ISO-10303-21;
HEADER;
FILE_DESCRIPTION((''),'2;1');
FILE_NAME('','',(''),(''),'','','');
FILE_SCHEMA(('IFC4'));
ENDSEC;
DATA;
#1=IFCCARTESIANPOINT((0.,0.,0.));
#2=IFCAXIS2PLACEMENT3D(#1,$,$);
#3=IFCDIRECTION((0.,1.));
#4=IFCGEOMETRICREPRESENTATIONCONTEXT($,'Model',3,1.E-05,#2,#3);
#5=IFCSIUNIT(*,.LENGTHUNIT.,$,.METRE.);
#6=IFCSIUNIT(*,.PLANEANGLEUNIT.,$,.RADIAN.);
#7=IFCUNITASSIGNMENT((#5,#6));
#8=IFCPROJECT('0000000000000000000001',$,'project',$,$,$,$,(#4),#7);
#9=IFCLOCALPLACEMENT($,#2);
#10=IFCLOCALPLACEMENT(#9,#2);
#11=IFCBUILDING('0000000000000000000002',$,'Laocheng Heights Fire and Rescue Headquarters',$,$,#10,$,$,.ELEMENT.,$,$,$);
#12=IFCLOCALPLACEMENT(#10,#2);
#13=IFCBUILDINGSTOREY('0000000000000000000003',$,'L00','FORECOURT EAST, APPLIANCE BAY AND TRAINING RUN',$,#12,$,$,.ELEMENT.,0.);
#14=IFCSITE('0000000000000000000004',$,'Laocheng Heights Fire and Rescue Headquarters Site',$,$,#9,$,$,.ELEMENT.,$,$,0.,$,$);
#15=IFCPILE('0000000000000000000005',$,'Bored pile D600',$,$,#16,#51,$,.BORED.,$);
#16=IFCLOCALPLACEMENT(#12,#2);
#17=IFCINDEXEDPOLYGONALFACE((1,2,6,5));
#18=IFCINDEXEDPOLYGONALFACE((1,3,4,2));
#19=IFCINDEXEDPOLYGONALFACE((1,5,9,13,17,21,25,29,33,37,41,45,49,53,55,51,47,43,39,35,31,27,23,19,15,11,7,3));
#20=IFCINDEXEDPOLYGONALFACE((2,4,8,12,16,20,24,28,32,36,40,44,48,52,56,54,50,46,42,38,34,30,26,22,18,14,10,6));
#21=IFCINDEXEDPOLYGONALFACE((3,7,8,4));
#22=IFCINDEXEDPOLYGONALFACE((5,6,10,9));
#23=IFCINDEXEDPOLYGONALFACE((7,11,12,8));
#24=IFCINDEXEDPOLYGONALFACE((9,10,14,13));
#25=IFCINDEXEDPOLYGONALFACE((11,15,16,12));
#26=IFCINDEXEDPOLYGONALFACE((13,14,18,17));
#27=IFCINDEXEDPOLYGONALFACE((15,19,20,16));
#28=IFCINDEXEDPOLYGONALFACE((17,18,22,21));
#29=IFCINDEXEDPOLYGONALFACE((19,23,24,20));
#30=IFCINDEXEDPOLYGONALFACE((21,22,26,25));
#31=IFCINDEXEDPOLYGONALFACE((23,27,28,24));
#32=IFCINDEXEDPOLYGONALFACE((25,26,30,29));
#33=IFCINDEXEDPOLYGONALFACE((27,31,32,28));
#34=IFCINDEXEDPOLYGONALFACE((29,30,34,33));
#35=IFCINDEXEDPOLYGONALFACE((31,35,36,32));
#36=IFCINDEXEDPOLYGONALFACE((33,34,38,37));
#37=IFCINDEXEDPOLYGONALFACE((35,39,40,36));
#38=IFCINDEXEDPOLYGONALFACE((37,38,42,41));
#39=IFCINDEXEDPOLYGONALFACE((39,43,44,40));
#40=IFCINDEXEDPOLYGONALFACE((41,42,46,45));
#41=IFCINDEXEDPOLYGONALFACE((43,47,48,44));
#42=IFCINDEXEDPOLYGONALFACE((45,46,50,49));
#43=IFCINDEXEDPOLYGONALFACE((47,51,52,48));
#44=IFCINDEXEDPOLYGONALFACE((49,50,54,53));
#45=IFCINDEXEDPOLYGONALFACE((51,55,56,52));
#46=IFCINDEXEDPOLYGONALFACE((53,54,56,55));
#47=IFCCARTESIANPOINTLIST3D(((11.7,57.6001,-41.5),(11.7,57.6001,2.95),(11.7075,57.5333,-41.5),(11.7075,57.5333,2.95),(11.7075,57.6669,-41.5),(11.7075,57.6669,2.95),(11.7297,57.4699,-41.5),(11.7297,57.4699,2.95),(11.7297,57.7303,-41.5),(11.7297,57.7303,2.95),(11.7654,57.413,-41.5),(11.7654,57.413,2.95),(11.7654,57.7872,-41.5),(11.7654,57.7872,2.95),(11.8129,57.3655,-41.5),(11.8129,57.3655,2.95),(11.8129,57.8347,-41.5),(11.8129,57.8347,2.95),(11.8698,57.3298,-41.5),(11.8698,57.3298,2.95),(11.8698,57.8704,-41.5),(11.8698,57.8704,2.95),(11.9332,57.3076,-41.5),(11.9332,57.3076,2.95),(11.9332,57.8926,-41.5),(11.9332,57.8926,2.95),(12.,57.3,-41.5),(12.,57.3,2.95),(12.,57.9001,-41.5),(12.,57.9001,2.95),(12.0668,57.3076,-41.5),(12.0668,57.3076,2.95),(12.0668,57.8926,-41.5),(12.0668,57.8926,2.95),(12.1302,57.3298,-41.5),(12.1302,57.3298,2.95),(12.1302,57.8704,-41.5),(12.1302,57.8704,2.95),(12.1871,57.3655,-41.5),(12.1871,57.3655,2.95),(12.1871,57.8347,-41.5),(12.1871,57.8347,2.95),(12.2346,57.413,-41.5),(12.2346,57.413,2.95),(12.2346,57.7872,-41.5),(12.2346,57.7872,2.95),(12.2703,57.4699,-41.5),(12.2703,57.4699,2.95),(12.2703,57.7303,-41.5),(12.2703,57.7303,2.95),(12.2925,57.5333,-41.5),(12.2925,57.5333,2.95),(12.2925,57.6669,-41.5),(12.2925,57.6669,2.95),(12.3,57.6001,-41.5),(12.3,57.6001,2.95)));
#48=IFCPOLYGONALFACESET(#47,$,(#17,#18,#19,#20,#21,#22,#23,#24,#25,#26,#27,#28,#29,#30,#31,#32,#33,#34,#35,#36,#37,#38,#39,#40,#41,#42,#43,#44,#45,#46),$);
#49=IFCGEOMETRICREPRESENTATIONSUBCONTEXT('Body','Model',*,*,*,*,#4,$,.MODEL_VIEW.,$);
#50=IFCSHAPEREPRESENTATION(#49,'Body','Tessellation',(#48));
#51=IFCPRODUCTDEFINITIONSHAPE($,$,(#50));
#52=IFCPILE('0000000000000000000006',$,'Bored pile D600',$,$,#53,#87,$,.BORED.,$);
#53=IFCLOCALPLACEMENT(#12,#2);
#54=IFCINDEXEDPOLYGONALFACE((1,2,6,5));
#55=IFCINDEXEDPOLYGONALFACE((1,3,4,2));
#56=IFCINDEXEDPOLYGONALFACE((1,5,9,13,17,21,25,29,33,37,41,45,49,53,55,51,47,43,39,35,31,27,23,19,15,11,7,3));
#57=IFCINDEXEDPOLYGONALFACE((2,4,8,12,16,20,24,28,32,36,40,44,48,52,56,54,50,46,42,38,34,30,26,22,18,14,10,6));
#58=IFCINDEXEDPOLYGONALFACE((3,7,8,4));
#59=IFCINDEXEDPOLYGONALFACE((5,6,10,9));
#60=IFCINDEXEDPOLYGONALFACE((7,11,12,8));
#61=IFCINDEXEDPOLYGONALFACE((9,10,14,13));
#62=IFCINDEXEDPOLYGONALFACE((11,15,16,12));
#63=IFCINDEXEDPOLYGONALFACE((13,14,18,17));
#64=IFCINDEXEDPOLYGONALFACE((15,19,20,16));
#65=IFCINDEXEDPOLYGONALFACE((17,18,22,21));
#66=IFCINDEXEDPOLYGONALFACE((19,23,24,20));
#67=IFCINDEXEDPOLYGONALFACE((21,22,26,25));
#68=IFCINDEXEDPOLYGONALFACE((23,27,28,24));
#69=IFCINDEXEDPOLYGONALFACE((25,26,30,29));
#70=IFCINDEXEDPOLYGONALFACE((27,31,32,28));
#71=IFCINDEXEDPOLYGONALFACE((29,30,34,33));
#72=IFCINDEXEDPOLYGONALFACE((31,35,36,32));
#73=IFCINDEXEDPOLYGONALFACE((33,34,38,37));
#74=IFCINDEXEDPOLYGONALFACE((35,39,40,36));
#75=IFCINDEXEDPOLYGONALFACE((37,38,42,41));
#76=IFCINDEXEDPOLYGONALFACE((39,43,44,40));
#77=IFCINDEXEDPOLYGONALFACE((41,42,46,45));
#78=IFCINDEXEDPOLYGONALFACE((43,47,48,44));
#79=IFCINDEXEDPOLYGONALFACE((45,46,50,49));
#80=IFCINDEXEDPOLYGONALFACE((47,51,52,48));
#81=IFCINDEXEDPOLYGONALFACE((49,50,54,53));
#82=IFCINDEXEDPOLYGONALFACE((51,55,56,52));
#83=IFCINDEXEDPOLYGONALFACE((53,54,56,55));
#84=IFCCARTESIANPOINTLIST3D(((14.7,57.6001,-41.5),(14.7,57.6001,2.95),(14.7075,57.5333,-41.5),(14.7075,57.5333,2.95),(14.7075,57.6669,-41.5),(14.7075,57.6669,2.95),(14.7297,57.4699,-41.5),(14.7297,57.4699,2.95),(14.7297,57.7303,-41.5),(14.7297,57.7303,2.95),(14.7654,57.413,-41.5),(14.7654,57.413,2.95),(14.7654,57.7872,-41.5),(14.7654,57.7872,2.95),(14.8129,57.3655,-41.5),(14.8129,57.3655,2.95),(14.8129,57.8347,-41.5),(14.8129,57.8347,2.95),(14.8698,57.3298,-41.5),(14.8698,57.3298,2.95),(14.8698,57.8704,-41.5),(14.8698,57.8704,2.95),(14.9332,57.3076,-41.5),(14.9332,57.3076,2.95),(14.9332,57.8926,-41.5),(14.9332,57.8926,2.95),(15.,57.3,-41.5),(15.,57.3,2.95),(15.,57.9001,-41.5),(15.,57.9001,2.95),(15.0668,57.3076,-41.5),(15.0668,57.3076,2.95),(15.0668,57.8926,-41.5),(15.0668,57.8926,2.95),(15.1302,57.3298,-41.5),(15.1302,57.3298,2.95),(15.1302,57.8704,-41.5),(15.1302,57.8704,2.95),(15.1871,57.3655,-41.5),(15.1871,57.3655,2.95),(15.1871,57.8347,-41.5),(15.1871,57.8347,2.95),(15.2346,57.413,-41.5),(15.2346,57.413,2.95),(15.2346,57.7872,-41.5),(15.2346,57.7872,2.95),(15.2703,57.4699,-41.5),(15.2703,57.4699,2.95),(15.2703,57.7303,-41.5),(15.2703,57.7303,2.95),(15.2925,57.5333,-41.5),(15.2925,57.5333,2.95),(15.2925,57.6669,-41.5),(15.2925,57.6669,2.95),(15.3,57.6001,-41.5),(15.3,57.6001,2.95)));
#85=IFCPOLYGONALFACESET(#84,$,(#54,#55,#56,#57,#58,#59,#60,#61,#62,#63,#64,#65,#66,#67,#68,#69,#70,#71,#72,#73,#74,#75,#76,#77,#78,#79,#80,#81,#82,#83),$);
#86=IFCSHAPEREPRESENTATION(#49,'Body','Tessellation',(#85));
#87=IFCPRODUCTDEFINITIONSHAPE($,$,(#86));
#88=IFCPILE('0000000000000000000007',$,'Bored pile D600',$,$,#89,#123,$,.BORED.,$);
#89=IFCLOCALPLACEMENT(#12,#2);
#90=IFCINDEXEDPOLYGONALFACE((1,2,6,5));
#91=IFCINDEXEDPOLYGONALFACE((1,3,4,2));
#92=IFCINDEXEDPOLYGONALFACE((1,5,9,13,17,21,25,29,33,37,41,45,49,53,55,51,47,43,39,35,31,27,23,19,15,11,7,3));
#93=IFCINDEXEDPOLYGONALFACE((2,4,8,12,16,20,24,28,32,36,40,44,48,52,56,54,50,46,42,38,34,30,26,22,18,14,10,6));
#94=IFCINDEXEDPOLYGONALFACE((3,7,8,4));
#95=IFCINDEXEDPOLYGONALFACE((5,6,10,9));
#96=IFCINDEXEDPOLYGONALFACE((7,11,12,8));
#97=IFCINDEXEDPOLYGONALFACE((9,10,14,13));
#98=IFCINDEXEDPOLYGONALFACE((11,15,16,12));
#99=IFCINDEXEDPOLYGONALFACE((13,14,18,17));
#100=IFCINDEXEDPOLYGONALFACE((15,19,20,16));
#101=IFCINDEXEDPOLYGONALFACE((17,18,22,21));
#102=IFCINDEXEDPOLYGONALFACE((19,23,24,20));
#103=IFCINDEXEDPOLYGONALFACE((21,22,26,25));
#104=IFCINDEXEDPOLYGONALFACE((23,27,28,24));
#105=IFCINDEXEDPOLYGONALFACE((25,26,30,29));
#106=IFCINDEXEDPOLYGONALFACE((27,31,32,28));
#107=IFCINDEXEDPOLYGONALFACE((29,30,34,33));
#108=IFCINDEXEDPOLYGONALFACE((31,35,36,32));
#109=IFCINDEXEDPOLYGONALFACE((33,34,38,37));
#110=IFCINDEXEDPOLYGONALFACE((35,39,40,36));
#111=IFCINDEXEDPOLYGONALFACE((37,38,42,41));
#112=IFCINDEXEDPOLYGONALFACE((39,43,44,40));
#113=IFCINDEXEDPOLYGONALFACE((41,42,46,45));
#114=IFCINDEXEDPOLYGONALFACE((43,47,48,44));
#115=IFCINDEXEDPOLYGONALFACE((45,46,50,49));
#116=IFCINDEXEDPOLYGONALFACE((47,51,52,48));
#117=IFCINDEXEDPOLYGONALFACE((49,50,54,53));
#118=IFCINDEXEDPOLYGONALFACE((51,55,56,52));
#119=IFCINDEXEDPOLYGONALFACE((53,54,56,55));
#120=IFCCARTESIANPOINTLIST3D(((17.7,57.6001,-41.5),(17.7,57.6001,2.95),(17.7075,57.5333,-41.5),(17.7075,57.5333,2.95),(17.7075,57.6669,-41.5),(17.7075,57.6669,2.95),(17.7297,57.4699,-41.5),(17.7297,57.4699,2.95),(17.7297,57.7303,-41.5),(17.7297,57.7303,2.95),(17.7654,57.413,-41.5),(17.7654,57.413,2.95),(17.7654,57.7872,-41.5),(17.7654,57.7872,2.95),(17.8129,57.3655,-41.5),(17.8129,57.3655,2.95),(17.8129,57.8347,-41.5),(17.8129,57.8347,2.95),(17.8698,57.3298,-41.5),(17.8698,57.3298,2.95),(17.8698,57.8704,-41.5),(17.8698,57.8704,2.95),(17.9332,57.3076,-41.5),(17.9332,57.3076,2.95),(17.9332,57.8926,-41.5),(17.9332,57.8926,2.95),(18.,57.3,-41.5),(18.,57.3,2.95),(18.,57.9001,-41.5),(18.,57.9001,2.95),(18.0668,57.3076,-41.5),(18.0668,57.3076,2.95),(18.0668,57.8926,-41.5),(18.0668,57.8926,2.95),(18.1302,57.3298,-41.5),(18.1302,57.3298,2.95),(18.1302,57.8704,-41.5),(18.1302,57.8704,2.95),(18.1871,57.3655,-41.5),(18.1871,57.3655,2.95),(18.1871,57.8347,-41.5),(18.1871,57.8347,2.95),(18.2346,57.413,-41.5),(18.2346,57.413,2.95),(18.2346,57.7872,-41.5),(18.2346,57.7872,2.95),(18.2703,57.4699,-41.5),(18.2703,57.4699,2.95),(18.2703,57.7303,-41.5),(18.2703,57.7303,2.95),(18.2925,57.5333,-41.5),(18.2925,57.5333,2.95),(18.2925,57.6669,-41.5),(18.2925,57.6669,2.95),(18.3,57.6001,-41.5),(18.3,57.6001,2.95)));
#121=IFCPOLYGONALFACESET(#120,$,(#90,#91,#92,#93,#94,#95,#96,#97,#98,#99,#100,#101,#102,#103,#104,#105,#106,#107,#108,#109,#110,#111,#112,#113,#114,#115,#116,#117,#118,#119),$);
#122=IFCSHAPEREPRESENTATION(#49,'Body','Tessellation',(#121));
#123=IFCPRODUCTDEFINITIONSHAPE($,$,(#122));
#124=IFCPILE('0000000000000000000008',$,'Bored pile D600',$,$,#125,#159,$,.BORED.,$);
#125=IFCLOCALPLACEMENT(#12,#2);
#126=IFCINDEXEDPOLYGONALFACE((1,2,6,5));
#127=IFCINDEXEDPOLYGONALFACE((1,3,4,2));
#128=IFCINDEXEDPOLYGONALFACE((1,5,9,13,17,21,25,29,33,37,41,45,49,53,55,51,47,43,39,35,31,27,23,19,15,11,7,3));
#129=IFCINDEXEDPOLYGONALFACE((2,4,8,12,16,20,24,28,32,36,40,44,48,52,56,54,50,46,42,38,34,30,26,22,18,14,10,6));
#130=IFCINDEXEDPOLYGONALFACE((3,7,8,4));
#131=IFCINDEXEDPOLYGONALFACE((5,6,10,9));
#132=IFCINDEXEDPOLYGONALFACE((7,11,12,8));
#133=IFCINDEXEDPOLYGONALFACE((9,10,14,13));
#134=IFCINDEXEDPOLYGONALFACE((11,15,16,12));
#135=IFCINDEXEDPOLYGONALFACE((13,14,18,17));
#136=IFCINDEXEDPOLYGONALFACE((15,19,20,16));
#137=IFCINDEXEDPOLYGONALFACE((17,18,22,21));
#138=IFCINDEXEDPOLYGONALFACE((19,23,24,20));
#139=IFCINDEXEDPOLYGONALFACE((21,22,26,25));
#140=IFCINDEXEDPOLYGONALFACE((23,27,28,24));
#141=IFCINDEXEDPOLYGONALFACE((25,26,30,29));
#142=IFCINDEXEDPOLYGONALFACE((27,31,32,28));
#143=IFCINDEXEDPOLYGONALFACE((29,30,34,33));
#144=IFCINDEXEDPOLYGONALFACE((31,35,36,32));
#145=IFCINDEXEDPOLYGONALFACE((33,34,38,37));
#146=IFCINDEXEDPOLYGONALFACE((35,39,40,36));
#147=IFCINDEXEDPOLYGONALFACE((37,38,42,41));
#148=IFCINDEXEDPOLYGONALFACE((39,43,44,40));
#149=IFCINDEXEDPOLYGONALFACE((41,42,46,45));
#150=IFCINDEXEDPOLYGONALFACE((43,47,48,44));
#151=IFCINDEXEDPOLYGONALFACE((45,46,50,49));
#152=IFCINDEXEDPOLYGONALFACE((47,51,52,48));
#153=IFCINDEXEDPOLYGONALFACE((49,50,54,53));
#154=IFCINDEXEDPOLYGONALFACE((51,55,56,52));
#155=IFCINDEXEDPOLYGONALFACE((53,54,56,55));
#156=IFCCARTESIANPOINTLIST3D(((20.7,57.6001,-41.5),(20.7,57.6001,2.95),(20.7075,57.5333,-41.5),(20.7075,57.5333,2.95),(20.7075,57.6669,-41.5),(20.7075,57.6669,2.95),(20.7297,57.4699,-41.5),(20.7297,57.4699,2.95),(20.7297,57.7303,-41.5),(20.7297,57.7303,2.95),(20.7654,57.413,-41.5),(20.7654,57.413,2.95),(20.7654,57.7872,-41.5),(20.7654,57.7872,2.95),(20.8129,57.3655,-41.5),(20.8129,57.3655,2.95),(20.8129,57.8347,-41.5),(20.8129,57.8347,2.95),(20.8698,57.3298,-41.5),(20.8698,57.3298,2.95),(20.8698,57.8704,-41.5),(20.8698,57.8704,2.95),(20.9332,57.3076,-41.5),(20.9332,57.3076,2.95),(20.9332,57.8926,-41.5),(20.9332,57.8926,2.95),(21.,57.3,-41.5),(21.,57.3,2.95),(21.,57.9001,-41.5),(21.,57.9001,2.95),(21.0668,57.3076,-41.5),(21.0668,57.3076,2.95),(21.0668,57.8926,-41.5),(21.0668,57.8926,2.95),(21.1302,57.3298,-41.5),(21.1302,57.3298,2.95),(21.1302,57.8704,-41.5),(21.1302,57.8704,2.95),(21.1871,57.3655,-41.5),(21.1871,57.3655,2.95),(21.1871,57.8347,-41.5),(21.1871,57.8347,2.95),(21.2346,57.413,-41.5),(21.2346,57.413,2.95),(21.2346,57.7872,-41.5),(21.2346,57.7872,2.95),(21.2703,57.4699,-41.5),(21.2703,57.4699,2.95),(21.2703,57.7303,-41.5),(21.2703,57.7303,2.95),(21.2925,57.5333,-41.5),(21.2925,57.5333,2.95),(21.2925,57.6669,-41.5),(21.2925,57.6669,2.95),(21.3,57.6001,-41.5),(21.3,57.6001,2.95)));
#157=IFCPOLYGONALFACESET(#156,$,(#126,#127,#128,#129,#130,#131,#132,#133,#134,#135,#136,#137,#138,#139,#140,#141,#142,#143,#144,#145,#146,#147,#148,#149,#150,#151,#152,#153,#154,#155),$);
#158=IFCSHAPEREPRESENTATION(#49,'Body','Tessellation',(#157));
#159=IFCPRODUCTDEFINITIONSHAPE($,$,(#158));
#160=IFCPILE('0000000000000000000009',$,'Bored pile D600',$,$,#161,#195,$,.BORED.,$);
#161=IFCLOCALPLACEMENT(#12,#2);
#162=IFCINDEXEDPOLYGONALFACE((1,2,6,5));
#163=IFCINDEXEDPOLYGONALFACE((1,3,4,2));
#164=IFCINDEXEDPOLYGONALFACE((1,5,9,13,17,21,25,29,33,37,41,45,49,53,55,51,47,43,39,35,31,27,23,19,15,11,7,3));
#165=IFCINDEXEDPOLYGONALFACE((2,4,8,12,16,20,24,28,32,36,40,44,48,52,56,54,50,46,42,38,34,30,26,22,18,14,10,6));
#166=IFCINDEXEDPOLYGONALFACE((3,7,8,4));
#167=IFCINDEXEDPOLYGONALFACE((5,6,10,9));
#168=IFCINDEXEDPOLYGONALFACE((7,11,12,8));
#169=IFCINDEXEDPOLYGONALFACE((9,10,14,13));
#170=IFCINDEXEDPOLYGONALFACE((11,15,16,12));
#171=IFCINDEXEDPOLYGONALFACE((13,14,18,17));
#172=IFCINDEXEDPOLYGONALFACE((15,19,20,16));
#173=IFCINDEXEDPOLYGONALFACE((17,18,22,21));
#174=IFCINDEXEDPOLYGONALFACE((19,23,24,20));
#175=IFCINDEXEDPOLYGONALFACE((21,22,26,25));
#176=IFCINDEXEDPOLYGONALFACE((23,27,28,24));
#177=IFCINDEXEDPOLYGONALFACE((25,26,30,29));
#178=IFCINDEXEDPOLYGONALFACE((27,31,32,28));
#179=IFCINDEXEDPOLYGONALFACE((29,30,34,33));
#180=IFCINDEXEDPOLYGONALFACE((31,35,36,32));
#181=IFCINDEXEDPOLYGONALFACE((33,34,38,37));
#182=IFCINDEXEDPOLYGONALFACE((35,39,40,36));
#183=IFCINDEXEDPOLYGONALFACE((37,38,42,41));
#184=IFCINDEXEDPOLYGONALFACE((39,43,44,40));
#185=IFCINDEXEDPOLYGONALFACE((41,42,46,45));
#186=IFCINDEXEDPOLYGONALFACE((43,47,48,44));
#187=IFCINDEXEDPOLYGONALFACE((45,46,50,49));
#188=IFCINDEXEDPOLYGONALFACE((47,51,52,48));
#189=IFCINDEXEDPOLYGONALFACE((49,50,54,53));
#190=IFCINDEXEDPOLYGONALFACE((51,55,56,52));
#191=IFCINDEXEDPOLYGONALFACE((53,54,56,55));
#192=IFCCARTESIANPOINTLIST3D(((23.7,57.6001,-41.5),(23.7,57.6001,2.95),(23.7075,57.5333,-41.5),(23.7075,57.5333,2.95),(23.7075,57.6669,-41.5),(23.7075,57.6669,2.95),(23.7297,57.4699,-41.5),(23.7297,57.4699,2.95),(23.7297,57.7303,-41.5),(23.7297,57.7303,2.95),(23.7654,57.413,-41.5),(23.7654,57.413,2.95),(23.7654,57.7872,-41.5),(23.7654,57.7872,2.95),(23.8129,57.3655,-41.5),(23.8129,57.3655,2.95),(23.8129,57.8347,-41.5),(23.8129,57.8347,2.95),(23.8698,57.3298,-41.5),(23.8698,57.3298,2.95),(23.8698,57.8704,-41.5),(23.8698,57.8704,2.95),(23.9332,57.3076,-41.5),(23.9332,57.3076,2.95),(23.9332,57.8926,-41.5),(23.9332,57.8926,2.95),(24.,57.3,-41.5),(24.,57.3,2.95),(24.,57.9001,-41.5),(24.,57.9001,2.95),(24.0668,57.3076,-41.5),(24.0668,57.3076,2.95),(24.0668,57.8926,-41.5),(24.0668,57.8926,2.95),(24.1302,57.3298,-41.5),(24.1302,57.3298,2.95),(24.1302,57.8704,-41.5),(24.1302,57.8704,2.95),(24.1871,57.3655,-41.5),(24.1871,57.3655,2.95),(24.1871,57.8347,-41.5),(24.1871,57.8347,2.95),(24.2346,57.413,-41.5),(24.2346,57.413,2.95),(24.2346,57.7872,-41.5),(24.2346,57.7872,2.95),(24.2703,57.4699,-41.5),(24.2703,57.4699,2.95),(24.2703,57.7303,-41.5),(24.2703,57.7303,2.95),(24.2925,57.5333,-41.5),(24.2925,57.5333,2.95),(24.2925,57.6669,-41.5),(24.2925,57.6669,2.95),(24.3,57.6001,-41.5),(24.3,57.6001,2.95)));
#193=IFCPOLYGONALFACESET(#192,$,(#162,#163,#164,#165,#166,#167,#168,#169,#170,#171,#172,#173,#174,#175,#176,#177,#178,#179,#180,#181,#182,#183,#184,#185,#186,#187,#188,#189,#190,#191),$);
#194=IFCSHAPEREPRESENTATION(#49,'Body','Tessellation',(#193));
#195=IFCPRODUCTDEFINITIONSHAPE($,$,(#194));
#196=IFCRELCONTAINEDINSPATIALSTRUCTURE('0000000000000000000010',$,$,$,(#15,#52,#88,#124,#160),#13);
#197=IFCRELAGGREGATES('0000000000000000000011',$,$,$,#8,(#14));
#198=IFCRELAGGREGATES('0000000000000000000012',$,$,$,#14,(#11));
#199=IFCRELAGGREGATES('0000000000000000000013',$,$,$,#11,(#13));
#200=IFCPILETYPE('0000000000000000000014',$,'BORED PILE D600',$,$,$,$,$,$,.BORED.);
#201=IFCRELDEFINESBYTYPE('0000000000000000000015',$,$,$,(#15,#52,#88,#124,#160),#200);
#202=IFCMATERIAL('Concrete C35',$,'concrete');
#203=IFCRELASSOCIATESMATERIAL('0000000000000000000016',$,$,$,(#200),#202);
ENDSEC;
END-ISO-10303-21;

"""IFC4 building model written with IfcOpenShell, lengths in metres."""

from ifc_helpers import new_model, si_unit, direction, frame, origin, origin_2d, place, context, subcontext, project, spatial, circle, extrude, material, material_profile, profile_set, type_object, element, save


model = new_model("IFC4")

# Units and contexts
model_context = context("Model", 3, precision=1e-05, world=origin(), true_north=direction((0.0, 1.0)))
body_context = subcontext(model_context, "Body", "Model", "MODEL_VIEW")
ifc_project = project(units=[si_unit("LENGTHUNIT", "METRE"), si_unit("PLANEANGLEUNIT", "RADIAN")], contexts=[model_context])

# Site, building, storey
site_placement = place(None, origin())
site = spatial("IfcSite", under=ifc_project, at=site_placement, Name="Laocheng Heights Fire and Rescue Headquarters Site", CompositionType="ELEMENT", RefElevation=0.0)
building_placement = place(site_placement, origin())
building = spatial("IfcBuilding", under=site, at=building_placement, Name="Laocheng Heights Fire and Rescue Headquarters", CompositionType="ELEMENT")
storey_placement = place(building_placement, origin())
storey = spatial("IfcBuildingStorey", under=building, at=storey_placement, Name="L00", Description="FORECOURT EAST, APPLIANCE BAY AND TRAINING RUN", CompositionType="ELEMENT", Elevation=0.0)

# Piles
ifc_material_1 = material(Name="Concrete C35", Category="concrete")
ifc_material_profile_1 = material_profile(ifc_material_1, circle(Radius=0.3, at=origin_2d()), Name="BORED PILE D600")
ifc_profile_set_1 = profile_set([ifc_material_profile_1], Name="Concrete C35")
pile_type_1 = type_object("IfcPileType", Name="BORED PILE D600", PredefinedType="BORED", material=ifc_profile_set_1)
for number, where, z_axis, x_axis, name in (
    (1, (12.0, 57.6001, 2.95), (0.0, 0.0, -1.0), (1.0, 0.0, 0.0), "Bored pile D600"),
    (2, (15.0, 57.6001, 2.95), (0.0, 0.0, -1.0), (1.0, 0.0, 0.0), "Bored pile D600"),
    (3, (18.0, 57.6001, 2.95), (0.0, 0.0, -1.0), (1.0, 0.0, 0.0), "Bored pile D600"),
    (4, (21.0, 57.6001, 2.95), (0.0, 0.0, -1.0), (1.0, 0.0, 0.0), "Bored pile D600"),
    (5, (24.0, 57.6001, 2.95), (0.0, 0.0, -1.0), (1.0, 0.0, 0.0), "Bored pile D600"),
):
    element("IfcPile", number, at=place(storey_placement, frame(where, z_axis=z_axis, x_axis=x_axis)), inside=storey, type_object=pile_type_1, Name=name, PredefinedType="BORED", context=body_context, shape_type="SweptSolid", body=[
        extrude(circle(Radius=0.3, at=origin_2d()), origin(), (0.0, 0.0, 1.0), 44.45),
    ])

save(model, "model.ifc")
